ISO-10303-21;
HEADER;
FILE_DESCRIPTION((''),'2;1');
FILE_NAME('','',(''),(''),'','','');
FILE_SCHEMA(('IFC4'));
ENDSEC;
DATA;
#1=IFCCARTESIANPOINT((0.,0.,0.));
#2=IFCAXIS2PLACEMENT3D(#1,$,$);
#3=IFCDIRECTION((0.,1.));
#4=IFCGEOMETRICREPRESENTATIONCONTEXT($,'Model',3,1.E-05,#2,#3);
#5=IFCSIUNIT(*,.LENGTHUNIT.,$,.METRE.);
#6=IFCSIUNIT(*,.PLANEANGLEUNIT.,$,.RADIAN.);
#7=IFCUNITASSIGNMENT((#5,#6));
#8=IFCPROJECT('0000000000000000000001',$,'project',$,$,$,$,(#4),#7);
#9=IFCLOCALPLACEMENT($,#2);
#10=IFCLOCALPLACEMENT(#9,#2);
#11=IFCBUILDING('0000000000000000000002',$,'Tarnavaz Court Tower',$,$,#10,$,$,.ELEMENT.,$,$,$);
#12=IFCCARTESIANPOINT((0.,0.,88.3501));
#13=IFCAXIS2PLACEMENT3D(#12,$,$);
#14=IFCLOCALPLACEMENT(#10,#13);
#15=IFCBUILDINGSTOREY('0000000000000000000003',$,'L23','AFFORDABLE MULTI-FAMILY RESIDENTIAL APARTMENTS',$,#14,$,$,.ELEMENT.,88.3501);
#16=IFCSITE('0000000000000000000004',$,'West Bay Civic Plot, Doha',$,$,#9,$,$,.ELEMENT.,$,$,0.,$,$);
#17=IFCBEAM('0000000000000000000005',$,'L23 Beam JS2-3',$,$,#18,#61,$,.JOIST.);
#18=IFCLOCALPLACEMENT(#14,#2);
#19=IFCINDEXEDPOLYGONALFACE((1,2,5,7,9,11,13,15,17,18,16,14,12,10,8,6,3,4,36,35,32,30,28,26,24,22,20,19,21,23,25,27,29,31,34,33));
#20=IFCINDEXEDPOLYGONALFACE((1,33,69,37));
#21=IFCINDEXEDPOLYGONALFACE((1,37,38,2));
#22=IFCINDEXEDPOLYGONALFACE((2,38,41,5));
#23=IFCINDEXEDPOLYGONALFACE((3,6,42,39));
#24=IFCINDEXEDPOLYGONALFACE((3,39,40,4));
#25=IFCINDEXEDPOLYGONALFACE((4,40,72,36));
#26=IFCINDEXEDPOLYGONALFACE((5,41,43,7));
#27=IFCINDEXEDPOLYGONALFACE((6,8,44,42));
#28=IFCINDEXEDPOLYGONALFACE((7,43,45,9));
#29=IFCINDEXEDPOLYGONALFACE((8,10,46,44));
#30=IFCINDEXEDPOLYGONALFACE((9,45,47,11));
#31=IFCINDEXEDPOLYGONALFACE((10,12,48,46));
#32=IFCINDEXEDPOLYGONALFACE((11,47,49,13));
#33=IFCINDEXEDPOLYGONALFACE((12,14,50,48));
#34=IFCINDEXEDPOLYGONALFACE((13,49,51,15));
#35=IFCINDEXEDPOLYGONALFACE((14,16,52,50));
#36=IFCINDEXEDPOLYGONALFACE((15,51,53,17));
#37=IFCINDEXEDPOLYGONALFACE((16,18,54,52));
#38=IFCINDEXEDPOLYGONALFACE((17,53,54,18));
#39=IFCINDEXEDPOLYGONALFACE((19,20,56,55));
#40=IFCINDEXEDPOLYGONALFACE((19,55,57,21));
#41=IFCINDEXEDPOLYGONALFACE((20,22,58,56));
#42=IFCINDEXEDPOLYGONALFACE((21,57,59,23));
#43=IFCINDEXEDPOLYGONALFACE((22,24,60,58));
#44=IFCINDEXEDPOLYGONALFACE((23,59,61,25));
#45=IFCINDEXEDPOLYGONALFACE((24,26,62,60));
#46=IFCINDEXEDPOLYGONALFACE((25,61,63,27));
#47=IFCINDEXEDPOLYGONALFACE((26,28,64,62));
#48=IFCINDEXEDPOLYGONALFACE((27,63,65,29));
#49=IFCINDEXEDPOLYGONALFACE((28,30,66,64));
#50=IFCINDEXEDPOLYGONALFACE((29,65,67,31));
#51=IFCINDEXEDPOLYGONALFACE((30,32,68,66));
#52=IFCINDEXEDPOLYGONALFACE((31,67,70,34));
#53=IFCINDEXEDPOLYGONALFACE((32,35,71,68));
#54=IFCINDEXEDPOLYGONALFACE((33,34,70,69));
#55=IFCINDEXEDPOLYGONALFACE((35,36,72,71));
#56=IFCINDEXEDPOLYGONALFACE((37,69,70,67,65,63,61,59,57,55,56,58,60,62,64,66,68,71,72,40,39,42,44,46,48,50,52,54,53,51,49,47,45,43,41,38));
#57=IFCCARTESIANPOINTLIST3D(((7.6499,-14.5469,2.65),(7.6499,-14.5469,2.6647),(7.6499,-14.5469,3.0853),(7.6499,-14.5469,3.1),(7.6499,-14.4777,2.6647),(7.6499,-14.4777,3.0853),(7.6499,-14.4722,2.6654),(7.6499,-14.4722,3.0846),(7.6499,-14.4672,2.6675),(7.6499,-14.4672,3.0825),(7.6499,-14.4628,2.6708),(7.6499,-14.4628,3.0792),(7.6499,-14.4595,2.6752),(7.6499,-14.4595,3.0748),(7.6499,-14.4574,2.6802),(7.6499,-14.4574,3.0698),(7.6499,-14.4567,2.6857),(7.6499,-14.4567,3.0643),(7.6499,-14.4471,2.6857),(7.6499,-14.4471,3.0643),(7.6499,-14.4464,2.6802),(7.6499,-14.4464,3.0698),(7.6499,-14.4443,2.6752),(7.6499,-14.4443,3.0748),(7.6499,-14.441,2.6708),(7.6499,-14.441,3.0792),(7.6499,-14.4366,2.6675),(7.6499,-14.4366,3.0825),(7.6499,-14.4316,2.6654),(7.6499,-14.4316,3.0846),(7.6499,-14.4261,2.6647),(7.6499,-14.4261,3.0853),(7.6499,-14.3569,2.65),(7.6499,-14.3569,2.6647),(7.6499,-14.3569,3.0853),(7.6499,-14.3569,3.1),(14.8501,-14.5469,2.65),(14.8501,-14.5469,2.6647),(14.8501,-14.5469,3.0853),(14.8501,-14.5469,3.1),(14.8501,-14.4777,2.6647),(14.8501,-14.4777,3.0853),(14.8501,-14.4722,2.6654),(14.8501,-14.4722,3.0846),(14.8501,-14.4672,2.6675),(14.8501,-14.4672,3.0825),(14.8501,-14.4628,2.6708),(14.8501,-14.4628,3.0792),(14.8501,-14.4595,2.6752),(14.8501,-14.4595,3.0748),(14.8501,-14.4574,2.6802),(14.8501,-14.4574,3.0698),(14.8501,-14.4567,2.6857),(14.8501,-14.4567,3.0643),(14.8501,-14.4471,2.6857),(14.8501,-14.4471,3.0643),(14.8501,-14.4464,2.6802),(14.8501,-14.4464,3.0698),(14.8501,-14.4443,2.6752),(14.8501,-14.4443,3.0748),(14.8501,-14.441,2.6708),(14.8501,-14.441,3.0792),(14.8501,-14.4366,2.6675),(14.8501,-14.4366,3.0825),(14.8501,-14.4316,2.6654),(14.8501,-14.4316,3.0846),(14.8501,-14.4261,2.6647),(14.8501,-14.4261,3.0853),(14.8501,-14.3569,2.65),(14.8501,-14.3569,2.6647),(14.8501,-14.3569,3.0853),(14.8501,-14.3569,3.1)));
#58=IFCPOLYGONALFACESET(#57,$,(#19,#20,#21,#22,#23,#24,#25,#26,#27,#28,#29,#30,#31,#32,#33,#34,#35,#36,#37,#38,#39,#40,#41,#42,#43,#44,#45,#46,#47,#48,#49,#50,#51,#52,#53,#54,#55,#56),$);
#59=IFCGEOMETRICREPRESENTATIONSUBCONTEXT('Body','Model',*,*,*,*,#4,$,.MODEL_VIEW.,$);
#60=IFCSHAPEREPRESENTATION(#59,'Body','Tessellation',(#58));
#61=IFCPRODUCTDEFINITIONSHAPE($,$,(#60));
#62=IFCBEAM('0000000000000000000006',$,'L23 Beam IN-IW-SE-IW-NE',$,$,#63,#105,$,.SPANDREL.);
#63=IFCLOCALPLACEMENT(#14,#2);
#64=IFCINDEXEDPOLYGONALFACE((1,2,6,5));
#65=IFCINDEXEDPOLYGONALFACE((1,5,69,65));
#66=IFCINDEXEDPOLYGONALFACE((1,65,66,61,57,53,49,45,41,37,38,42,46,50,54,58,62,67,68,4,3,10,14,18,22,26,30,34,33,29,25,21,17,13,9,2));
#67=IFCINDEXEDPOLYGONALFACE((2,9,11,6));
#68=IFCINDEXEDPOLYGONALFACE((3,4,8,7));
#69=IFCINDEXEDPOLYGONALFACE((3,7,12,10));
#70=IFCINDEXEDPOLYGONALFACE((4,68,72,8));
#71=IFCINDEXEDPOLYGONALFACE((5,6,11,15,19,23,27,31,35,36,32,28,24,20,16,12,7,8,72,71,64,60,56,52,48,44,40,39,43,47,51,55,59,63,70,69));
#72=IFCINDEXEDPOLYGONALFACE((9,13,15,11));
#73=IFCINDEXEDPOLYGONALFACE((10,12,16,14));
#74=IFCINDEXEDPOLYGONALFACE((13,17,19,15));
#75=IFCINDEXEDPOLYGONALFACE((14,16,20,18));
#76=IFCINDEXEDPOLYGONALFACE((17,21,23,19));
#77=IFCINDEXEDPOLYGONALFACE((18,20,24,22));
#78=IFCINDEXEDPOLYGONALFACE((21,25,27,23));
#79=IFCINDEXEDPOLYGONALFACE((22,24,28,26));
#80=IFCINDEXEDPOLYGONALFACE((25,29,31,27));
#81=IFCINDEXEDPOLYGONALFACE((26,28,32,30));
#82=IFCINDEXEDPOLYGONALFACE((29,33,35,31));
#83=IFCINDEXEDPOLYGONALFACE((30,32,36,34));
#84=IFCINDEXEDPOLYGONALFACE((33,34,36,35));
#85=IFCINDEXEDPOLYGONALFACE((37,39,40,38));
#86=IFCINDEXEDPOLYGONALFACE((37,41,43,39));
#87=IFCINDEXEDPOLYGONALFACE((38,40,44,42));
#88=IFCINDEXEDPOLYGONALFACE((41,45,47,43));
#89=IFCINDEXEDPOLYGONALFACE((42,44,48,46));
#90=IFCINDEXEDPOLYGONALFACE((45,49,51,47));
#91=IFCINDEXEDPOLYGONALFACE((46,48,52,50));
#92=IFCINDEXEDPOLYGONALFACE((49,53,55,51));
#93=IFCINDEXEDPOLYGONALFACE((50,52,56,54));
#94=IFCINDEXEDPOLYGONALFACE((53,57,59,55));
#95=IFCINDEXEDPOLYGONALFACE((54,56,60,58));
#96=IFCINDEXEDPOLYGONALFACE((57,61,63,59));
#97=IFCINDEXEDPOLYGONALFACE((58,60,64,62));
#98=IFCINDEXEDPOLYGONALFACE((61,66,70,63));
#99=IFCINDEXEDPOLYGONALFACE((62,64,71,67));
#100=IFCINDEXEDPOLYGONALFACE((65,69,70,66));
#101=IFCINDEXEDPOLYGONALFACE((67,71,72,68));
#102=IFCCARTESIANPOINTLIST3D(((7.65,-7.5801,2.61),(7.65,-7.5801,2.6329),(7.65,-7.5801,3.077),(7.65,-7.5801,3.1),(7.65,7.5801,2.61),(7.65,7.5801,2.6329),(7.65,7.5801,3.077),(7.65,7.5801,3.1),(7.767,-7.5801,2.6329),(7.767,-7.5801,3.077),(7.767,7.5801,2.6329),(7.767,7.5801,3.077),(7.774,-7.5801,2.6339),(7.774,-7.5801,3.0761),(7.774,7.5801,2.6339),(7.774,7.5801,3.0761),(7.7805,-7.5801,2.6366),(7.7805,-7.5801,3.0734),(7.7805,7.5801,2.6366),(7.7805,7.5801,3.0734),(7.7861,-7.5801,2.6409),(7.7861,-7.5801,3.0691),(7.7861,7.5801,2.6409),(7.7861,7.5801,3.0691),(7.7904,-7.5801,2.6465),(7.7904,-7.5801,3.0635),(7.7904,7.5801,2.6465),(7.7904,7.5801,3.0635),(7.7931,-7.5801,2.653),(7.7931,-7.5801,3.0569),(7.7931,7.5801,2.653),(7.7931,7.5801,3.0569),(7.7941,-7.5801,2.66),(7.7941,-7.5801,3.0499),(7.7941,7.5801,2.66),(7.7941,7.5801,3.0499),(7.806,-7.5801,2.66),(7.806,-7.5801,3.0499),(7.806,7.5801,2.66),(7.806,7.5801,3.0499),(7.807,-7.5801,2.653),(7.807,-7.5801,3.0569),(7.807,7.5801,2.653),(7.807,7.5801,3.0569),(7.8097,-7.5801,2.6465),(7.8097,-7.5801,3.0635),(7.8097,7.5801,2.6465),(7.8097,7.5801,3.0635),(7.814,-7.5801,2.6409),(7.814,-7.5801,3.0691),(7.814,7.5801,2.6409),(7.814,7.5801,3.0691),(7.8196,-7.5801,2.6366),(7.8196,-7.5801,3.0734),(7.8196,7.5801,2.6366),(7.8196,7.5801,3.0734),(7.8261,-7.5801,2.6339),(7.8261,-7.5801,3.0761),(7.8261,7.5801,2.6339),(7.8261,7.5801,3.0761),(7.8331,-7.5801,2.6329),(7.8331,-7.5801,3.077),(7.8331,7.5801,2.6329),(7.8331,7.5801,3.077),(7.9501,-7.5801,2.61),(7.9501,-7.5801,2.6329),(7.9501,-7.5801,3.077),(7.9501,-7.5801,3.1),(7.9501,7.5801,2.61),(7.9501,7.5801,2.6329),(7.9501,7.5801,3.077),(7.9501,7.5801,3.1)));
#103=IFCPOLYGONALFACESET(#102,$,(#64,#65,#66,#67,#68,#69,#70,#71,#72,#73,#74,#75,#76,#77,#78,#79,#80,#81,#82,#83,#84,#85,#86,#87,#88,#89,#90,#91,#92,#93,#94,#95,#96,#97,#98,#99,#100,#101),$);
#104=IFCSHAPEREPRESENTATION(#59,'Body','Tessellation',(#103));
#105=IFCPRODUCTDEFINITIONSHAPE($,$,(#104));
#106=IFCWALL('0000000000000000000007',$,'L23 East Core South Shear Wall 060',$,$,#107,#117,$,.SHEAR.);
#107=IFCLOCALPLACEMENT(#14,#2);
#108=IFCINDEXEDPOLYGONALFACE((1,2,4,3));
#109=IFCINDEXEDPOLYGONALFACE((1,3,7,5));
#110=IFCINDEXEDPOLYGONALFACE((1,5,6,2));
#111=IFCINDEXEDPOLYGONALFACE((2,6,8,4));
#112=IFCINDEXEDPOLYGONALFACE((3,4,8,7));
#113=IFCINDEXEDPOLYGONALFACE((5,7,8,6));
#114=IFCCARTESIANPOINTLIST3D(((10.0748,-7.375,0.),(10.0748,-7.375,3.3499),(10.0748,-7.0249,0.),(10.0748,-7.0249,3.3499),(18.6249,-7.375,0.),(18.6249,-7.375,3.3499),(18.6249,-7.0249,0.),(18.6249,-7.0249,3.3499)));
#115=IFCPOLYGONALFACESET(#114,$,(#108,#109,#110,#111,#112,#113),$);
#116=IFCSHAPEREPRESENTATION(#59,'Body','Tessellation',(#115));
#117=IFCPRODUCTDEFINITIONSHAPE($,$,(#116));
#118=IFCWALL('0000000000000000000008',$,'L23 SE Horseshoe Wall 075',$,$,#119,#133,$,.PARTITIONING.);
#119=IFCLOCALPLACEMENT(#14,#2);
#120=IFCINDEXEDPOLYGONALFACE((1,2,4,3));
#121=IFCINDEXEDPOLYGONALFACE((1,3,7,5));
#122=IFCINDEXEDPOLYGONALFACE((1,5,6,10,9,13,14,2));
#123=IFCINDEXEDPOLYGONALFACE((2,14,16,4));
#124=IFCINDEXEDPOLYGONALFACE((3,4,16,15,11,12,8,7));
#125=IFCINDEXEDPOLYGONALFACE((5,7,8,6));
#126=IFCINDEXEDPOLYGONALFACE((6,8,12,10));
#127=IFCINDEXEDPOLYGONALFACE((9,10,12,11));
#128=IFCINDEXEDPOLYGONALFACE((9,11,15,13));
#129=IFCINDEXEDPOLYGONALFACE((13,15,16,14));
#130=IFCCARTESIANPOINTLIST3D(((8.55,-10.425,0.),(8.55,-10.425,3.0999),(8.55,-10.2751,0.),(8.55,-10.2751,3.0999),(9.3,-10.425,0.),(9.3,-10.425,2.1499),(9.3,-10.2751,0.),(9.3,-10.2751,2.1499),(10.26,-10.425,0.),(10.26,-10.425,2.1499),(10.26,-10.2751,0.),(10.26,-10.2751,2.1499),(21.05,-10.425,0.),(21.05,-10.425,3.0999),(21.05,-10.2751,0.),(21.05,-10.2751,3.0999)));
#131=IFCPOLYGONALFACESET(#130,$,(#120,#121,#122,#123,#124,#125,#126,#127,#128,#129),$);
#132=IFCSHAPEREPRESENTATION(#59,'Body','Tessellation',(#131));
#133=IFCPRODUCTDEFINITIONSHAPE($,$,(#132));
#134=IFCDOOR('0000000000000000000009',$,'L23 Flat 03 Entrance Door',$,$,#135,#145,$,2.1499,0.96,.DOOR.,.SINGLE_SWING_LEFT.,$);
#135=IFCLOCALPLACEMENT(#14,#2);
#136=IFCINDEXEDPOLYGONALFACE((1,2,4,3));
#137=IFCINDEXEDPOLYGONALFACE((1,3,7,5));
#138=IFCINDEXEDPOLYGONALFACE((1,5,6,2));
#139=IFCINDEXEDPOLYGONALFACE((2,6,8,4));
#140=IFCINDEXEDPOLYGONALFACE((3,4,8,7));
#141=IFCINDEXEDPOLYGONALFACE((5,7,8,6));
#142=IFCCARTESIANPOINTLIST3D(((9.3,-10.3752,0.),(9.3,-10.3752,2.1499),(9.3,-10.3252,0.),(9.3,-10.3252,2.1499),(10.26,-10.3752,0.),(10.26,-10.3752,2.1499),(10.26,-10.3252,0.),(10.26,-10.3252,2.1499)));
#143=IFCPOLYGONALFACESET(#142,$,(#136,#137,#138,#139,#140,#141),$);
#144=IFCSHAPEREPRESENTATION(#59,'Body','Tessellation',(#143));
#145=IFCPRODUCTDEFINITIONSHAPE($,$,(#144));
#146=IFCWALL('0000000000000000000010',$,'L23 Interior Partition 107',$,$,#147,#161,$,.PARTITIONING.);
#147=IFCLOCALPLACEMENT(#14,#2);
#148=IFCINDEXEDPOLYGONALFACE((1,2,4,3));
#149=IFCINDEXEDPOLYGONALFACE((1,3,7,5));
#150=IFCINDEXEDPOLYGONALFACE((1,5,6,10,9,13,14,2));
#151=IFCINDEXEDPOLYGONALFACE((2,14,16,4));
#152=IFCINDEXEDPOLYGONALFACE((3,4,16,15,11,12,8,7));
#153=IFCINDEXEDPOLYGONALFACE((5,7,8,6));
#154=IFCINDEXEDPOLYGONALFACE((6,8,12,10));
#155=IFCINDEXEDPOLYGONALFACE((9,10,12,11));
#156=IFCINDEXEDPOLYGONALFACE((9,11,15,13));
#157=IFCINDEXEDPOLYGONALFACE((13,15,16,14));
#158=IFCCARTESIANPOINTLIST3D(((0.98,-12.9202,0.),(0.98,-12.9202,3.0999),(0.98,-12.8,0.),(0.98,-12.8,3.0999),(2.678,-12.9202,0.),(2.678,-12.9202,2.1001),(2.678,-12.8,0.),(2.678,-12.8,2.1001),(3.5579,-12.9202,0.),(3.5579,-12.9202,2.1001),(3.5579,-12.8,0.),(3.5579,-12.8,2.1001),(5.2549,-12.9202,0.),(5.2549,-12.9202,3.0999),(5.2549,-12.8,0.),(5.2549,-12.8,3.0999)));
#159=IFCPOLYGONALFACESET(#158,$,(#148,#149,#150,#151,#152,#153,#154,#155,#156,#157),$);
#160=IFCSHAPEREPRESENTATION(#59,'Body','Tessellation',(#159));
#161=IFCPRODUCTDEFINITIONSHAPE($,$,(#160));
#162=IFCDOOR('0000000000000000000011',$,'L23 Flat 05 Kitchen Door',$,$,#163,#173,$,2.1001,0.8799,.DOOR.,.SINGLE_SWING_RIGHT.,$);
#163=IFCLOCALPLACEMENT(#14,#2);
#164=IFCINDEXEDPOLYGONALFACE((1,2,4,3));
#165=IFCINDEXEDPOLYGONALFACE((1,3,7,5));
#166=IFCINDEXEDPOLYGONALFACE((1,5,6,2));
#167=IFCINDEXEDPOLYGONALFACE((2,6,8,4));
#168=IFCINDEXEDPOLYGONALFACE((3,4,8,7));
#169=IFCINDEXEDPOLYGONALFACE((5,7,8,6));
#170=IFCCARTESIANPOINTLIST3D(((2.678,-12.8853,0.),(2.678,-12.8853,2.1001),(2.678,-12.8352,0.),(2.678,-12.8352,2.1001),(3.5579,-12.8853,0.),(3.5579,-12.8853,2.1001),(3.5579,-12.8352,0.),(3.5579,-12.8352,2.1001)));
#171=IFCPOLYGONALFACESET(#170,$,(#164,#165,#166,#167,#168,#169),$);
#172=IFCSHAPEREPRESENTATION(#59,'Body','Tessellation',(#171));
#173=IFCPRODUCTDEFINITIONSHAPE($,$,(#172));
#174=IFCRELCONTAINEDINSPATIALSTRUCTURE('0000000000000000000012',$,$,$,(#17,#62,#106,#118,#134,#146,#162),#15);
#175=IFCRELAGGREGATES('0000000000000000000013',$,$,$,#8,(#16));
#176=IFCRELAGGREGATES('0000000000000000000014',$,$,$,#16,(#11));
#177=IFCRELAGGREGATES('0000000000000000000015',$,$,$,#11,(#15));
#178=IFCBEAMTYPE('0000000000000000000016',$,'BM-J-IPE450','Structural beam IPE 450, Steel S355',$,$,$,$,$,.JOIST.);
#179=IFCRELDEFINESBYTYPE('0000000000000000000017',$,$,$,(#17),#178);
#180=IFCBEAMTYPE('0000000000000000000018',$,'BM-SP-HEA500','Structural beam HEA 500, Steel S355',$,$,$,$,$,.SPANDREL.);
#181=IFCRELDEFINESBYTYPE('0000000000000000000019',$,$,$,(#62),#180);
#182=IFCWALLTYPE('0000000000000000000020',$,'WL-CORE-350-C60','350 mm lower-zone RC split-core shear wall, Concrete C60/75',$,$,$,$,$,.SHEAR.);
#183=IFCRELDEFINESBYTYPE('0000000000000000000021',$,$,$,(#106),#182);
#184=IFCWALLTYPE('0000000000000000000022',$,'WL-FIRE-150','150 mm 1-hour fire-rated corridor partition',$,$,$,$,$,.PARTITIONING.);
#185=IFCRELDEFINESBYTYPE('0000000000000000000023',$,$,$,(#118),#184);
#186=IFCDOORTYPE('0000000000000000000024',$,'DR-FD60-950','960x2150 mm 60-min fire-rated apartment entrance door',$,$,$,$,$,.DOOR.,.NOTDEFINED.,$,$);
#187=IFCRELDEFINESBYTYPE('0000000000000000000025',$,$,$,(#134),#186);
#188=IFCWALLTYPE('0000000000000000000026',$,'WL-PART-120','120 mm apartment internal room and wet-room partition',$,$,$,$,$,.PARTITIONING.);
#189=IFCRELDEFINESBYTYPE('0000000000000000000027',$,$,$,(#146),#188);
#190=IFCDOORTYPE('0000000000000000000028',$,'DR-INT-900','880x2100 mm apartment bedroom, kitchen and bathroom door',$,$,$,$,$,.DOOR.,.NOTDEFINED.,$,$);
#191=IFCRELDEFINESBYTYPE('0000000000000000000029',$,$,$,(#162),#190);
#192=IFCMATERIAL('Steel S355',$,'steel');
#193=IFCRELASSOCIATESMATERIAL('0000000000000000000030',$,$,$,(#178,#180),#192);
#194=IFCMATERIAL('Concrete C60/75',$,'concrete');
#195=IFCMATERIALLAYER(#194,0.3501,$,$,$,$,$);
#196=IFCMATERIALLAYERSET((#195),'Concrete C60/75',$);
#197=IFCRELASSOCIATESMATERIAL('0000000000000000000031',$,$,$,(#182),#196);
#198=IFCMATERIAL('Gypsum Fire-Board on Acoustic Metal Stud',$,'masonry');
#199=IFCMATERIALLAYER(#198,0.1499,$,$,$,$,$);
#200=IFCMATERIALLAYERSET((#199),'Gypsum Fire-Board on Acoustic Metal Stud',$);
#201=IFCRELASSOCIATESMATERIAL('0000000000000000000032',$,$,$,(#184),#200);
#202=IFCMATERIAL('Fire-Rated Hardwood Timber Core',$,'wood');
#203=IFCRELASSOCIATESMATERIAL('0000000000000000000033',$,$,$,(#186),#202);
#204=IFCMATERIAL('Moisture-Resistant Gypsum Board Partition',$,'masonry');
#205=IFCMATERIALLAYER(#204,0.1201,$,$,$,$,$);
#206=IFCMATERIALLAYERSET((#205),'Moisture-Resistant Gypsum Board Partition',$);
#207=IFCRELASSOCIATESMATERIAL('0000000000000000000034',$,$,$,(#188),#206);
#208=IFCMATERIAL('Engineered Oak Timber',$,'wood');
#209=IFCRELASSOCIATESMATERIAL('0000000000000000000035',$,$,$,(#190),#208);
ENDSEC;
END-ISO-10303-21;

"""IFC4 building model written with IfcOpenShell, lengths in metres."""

from ifc_helpers import new_model, si_unit, direction, frame, frame_2d, origin, origin_2d, place, context, subcontext, project, spatial, rectangle, i_section, extrude, material, layer, layer_set, material_profile, profile_set, type_object, element, fill, save


model = new_model("IFC4")

# Units and contexts
model_context = context("Model", 3, precision=1e-05, world=origin(), true_north=direction((0.0, 1.0)))
body_context = subcontext(model_context, "Body", "Model", "MODEL_VIEW")
ifc_project = project(units=[si_unit("LENGTHUNIT", "METRE"), si_unit("PLANEANGLEUNIT", "RADIAN")], contexts=[model_context])

# Site, building, storey
site_placement = place(None, origin())
site = spatial("IfcSite", under=ifc_project, at=site_placement, Name="West Bay Civic Plot, Doha", CompositionType="ELEMENT", RefElevation=0.0)
building_placement = place(site_placement, origin())
building = spatial("IfcBuilding", under=site, at=building_placement, Name="Tarnavaz Court Tower", CompositionType="ELEMENT")
storey_placement = place(building_placement, frame((0.0, 0.0, 88.3501)))
storey = spatial("IfcBuildingStorey", under=building, at=storey_placement, Name="L23", Description="AFFORDABLE MULTI-FAMILY RESIDENTIAL APARTMENTS", CompositionType="ELEMENT", Elevation=88.3501)

# Shared definitions
ifc_material_1 = material(Name="Concrete C60/75", Category="concrete")

# Beams
ifc_material_2 = material(Name="Steel S355", Category="steel")
ifc_material_profile_1 = material_profile(ifc_material_2, i_section(OverallWidth=0.1899, OverallDepth=0.45, WebThickness=0.0095, FlangeThickness=0.0146, FilletRadius=0.021, at=origin_2d()), Name="IPE 450")
ifc_profile_set_1 = profile_set([ifc_material_profile_1], Name="Steel S355")
beam_type_1 = type_object("IfcBeamType", Name="BM-J-IPE450", Description="Structural beam IPE 450, Steel S355", PredefinedType="JOIST", material=ifc_profile_set_1)
for number, where, z_axis, x_axis, name in (
    (1, (7.6499, -14.4519, 2.875), (1.0, 0.0, 0.0), (0.0, 1.0, 0.0), "L23 Beam JS2-3"),
):
    element("IfcBeam", number, at=place(storey_placement, frame(where, z_axis=z_axis, x_axis=x_axis)), inside=storey, type_object=beam_type_1, Name=name, PredefinedType="JOIST", context=body_context, shape_type="SweptSolid", body=[
        extrude(i_section(OverallWidth=0.1899, OverallDepth=0.45, WebThickness=0.0095, FlangeThickness=0.0146, FilletRadius=0.021, at=origin_2d()), origin(), (0.0, 0.0, 1.0), 7.2002),
    ])
ifc_material_profile_2 = material_profile(ifc_material_2, i_section(OverallWidth=0.3, OverallDepth=0.49, WebThickness=0.012, FlangeThickness=0.0229, FilletRadius=0.0271, at=origin_2d()), Name="HEA 500")
ifc_profile_set_2 = profile_set([ifc_material_profile_2], Name="Steel S355")
beam_type_2 = type_object("IfcBeamType", Name="BM-SP-HEA500", Description="Structural beam HEA 500, Steel S355", PredefinedType="SPANDREL", material=ifc_profile_set_2)
beam_1_placement = place(storey_placement, frame((7.8, -7.5801, 2.855), z_axis=(0.0, 1.0, 0.0), x_axis=(-1.0, 0.0, 0.0)))
element("IfcBeam", 2, at=beam_1_placement, inside=storey, type_object=beam_type_2, Name="L23 Beam IN-IW-SE-IW-NE", PredefinedType="SPANDREL", context=body_context, shape_type="SweptSolid", body=[
    extrude(i_section(OverallWidth=0.3, OverallDepth=0.49, WebThickness=0.012, FlangeThickness=0.0229, FilletRadius=0.0271, at=origin_2d()), origin(), (0.0, 0.0, 1.0), 15.1602),
])

# Wall
ifc_layer_1 = layer(ifc_material_1, 0.3501)
ifc_layer_set_1 = layer_set([ifc_layer_1], Name="Concrete C60/75")
wall_type_1 = type_object("IfcWallType", Name="WL-CORE-350-C60", Description="350 mm lower-zone RC split-core shear wall, Concrete C60/75", PredefinedType="SHEAR", material=ifc_layer_set_1)
wall_1_placement = place(storey_placement, frame((10.075, -7.2, 0.0), z_axis=(0.0, 0.0, 1.0), x_axis=(1.0, 0.0, 0.0)))
element("IfcWall", 3, at=wall_1_placement, inside=storey, type_object=wall_type_1, Name="L23 East Core South Shear Wall 060", PredefinedType="SHEAR", context=body_context, shape_type="SweptSolid", body=[
    extrude(rectangle(XDim=8.55, YDim=0.3501, at=frame_2d((4.2749, 0.0))), origin(), (0.0, 0.0, 1.0), 3.3499),
])

# Walls, openings, doors
ifc_material_3 = material(Name="Gypsum Fire-Board on Acoustic Metal Stud", Category="masonry")
ifc_layer_2 = layer(ifc_material_3, 0.1499)
ifc_layer_set_2 = layer_set([ifc_layer_2], Name="Gypsum Fire-Board on Acoustic Metal Stud")
wall_type_2 = type_object("IfcWallType", Name="WL-FIRE-150", Description="150 mm 1-hour fire-rated corridor partition", PredefinedType="PARTITIONING", material=ifc_layer_set_2)
wall_2_placement = place(storey_placement, frame((8.55, -10.3501, 0.0), z_axis=(0.0, 0.0, 1.0), x_axis=(1.0, 0.0, 0.0)))
wall_2 = element("IfcWall", 4, at=wall_2_placement, inside=storey, type_object=wall_type_2, Name="L23 SE Horseshoe Wall 075", PredefinedType="PARTITIONING", context=body_context, shape_type="SweptSolid", body=[
    extrude(rectangle(XDim=12.5, YDim=0.1499, at=frame_2d((6.25, 0.0))), origin(), (0.0, 0.0, 1.0), 3.0999),
])
opening_1_placement = place(wall_2_placement, frame((0.75, 0.0, 0.0)))
opening_1 = element("IfcOpeningElement", 5, at=opening_1_placement, cuts=wall_2, PredefinedType="OPENING", context=body_context, shape_type="SweptSolid", body=[
    extrude(rectangle(XDim=0.96, YDim=2.1499, at=frame_2d((0.48, 1.075))), frame((0.0, 0.085, 0.0), z_axis=(0.0, -1.0, 0.0), x_axis=(1.0, 0.0, 0.0)), (0.0, 0.0, 1.0), 0.1699),
])
ifc_material_4 = material(Name="Fire-Rated Hardwood Timber Core", Category="wood")
door_type_1 = type_object("IfcDoorType", Name="DR-FD60-950", Description="960x2150 mm 60-min fire-rated apartment entrance door", OperationType="NOTDEFINED", PredefinedType="DOOR", material=ifc_material_4)
door_1_placement = place(opening_1_placement, origin())
door_1 = element("IfcDoor", 6, at=door_1_placement, inside=storey, type_object=door_type_1, Name="L23 Flat 03 Entrance Door", OperationType="SINGLE_SWING_LEFT", OverallHeight=2.1499, OverallWidth=0.96, PredefinedType="DOOR", context=body_context, shape_type="SweptSolid", body=[
    extrude(rectangle(XDim=0.96, YDim=2.1499, at=frame_2d((0.48, 1.075))), frame((0.0, 0.0249, 0.0), z_axis=(0.0, -1.0, 0.0), x_axis=(1.0, 0.0, 0.0)), (0.0, 0.0, 1.0), 0.05),
])
fill(opening_1, door_1)
ifc_material_5 = material(Name="Moisture-Resistant Gypsum Board Partition", Category="masonry")
ifc_layer_3 = layer(ifc_material_5, 0.1201)
ifc_layer_set_3 = layer_set([ifc_layer_3], Name="Moisture-Resistant Gypsum Board Partition")
wall_type_3 = type_object("IfcWallType", Name="WL-PART-120", Description="120 mm apartment internal room and wet-room partition", PredefinedType="PARTITIONING", material=ifc_layer_set_3)
wall_3_placement = place(storey_placement, frame((0.98, -12.8601, 0.0), z_axis=(0.0, 0.0, 1.0), x_axis=(1.0, 0.0, 0.0)))
wall_3 = element("IfcWall", 7, at=wall_3_placement, inside=storey, type_object=wall_type_3, Name="L23 Interior Partition 107", PredefinedType="PARTITIONING", context=body_context, shape_type="SweptSolid", body=[
    extrude(rectangle(XDim=4.2749, YDim=0.1201, at=frame_2d((2.1375, 0.0))), origin(), (0.0, 0.0, 1.0), 3.0999),
])
opening_2_placement = place(wall_3_placement, frame((1.698, 0.0, 0.0)))
opening_2 = element("IfcOpeningElement", 8, at=opening_2_placement, cuts=wall_3, PredefinedType="OPENING", context=body_context, shape_type="SweptSolid", body=[
    extrude(rectangle(XDim=0.8799, YDim=2.1001, at=frame_2d((0.4399, 1.05))), frame((0.0, 0.0701, 0.0), z_axis=(0.0, -1.0, 0.0), x_axis=(1.0, 0.0, 0.0)), (0.0, 0.0, 1.0), 0.1401),
])
ifc_material_6 = material(Name="Engineered Oak Timber", Category="wood")
door_type_2 = type_object("IfcDoorType", Name="DR-INT-900", Description="880x2100 mm apartment bedroom, kitchen and bathroom door", OperationType="NOTDEFINED", PredefinedType="DOOR", material=ifc_material_6)
door_2_placement = place(opening_2_placement, origin())
door_2 = element("IfcDoor", 9, at=door_2_placement, inside=storey, type_object=door_type_2, Name="L23 Flat 05 Kitchen Door", OperationType="SINGLE_SWING_RIGHT", OverallHeight=2.1001, OverallWidth=0.8799, PredefinedType="DOOR", context=body_context, shape_type="SweptSolid", body=[
    extrude(rectangle(XDim=0.8799, YDim=2.1001, at=frame_2d((0.4399, 1.05))), frame((0.0, 0.0249, 0.0), z_axis=(0.0, -1.0, 0.0), x_axis=(1.0, 0.0, 0.0)), (0.0, 0.0, 1.0), 0.05),
])
fill(opening_2, door_2)

save(model, "model.ifc")
